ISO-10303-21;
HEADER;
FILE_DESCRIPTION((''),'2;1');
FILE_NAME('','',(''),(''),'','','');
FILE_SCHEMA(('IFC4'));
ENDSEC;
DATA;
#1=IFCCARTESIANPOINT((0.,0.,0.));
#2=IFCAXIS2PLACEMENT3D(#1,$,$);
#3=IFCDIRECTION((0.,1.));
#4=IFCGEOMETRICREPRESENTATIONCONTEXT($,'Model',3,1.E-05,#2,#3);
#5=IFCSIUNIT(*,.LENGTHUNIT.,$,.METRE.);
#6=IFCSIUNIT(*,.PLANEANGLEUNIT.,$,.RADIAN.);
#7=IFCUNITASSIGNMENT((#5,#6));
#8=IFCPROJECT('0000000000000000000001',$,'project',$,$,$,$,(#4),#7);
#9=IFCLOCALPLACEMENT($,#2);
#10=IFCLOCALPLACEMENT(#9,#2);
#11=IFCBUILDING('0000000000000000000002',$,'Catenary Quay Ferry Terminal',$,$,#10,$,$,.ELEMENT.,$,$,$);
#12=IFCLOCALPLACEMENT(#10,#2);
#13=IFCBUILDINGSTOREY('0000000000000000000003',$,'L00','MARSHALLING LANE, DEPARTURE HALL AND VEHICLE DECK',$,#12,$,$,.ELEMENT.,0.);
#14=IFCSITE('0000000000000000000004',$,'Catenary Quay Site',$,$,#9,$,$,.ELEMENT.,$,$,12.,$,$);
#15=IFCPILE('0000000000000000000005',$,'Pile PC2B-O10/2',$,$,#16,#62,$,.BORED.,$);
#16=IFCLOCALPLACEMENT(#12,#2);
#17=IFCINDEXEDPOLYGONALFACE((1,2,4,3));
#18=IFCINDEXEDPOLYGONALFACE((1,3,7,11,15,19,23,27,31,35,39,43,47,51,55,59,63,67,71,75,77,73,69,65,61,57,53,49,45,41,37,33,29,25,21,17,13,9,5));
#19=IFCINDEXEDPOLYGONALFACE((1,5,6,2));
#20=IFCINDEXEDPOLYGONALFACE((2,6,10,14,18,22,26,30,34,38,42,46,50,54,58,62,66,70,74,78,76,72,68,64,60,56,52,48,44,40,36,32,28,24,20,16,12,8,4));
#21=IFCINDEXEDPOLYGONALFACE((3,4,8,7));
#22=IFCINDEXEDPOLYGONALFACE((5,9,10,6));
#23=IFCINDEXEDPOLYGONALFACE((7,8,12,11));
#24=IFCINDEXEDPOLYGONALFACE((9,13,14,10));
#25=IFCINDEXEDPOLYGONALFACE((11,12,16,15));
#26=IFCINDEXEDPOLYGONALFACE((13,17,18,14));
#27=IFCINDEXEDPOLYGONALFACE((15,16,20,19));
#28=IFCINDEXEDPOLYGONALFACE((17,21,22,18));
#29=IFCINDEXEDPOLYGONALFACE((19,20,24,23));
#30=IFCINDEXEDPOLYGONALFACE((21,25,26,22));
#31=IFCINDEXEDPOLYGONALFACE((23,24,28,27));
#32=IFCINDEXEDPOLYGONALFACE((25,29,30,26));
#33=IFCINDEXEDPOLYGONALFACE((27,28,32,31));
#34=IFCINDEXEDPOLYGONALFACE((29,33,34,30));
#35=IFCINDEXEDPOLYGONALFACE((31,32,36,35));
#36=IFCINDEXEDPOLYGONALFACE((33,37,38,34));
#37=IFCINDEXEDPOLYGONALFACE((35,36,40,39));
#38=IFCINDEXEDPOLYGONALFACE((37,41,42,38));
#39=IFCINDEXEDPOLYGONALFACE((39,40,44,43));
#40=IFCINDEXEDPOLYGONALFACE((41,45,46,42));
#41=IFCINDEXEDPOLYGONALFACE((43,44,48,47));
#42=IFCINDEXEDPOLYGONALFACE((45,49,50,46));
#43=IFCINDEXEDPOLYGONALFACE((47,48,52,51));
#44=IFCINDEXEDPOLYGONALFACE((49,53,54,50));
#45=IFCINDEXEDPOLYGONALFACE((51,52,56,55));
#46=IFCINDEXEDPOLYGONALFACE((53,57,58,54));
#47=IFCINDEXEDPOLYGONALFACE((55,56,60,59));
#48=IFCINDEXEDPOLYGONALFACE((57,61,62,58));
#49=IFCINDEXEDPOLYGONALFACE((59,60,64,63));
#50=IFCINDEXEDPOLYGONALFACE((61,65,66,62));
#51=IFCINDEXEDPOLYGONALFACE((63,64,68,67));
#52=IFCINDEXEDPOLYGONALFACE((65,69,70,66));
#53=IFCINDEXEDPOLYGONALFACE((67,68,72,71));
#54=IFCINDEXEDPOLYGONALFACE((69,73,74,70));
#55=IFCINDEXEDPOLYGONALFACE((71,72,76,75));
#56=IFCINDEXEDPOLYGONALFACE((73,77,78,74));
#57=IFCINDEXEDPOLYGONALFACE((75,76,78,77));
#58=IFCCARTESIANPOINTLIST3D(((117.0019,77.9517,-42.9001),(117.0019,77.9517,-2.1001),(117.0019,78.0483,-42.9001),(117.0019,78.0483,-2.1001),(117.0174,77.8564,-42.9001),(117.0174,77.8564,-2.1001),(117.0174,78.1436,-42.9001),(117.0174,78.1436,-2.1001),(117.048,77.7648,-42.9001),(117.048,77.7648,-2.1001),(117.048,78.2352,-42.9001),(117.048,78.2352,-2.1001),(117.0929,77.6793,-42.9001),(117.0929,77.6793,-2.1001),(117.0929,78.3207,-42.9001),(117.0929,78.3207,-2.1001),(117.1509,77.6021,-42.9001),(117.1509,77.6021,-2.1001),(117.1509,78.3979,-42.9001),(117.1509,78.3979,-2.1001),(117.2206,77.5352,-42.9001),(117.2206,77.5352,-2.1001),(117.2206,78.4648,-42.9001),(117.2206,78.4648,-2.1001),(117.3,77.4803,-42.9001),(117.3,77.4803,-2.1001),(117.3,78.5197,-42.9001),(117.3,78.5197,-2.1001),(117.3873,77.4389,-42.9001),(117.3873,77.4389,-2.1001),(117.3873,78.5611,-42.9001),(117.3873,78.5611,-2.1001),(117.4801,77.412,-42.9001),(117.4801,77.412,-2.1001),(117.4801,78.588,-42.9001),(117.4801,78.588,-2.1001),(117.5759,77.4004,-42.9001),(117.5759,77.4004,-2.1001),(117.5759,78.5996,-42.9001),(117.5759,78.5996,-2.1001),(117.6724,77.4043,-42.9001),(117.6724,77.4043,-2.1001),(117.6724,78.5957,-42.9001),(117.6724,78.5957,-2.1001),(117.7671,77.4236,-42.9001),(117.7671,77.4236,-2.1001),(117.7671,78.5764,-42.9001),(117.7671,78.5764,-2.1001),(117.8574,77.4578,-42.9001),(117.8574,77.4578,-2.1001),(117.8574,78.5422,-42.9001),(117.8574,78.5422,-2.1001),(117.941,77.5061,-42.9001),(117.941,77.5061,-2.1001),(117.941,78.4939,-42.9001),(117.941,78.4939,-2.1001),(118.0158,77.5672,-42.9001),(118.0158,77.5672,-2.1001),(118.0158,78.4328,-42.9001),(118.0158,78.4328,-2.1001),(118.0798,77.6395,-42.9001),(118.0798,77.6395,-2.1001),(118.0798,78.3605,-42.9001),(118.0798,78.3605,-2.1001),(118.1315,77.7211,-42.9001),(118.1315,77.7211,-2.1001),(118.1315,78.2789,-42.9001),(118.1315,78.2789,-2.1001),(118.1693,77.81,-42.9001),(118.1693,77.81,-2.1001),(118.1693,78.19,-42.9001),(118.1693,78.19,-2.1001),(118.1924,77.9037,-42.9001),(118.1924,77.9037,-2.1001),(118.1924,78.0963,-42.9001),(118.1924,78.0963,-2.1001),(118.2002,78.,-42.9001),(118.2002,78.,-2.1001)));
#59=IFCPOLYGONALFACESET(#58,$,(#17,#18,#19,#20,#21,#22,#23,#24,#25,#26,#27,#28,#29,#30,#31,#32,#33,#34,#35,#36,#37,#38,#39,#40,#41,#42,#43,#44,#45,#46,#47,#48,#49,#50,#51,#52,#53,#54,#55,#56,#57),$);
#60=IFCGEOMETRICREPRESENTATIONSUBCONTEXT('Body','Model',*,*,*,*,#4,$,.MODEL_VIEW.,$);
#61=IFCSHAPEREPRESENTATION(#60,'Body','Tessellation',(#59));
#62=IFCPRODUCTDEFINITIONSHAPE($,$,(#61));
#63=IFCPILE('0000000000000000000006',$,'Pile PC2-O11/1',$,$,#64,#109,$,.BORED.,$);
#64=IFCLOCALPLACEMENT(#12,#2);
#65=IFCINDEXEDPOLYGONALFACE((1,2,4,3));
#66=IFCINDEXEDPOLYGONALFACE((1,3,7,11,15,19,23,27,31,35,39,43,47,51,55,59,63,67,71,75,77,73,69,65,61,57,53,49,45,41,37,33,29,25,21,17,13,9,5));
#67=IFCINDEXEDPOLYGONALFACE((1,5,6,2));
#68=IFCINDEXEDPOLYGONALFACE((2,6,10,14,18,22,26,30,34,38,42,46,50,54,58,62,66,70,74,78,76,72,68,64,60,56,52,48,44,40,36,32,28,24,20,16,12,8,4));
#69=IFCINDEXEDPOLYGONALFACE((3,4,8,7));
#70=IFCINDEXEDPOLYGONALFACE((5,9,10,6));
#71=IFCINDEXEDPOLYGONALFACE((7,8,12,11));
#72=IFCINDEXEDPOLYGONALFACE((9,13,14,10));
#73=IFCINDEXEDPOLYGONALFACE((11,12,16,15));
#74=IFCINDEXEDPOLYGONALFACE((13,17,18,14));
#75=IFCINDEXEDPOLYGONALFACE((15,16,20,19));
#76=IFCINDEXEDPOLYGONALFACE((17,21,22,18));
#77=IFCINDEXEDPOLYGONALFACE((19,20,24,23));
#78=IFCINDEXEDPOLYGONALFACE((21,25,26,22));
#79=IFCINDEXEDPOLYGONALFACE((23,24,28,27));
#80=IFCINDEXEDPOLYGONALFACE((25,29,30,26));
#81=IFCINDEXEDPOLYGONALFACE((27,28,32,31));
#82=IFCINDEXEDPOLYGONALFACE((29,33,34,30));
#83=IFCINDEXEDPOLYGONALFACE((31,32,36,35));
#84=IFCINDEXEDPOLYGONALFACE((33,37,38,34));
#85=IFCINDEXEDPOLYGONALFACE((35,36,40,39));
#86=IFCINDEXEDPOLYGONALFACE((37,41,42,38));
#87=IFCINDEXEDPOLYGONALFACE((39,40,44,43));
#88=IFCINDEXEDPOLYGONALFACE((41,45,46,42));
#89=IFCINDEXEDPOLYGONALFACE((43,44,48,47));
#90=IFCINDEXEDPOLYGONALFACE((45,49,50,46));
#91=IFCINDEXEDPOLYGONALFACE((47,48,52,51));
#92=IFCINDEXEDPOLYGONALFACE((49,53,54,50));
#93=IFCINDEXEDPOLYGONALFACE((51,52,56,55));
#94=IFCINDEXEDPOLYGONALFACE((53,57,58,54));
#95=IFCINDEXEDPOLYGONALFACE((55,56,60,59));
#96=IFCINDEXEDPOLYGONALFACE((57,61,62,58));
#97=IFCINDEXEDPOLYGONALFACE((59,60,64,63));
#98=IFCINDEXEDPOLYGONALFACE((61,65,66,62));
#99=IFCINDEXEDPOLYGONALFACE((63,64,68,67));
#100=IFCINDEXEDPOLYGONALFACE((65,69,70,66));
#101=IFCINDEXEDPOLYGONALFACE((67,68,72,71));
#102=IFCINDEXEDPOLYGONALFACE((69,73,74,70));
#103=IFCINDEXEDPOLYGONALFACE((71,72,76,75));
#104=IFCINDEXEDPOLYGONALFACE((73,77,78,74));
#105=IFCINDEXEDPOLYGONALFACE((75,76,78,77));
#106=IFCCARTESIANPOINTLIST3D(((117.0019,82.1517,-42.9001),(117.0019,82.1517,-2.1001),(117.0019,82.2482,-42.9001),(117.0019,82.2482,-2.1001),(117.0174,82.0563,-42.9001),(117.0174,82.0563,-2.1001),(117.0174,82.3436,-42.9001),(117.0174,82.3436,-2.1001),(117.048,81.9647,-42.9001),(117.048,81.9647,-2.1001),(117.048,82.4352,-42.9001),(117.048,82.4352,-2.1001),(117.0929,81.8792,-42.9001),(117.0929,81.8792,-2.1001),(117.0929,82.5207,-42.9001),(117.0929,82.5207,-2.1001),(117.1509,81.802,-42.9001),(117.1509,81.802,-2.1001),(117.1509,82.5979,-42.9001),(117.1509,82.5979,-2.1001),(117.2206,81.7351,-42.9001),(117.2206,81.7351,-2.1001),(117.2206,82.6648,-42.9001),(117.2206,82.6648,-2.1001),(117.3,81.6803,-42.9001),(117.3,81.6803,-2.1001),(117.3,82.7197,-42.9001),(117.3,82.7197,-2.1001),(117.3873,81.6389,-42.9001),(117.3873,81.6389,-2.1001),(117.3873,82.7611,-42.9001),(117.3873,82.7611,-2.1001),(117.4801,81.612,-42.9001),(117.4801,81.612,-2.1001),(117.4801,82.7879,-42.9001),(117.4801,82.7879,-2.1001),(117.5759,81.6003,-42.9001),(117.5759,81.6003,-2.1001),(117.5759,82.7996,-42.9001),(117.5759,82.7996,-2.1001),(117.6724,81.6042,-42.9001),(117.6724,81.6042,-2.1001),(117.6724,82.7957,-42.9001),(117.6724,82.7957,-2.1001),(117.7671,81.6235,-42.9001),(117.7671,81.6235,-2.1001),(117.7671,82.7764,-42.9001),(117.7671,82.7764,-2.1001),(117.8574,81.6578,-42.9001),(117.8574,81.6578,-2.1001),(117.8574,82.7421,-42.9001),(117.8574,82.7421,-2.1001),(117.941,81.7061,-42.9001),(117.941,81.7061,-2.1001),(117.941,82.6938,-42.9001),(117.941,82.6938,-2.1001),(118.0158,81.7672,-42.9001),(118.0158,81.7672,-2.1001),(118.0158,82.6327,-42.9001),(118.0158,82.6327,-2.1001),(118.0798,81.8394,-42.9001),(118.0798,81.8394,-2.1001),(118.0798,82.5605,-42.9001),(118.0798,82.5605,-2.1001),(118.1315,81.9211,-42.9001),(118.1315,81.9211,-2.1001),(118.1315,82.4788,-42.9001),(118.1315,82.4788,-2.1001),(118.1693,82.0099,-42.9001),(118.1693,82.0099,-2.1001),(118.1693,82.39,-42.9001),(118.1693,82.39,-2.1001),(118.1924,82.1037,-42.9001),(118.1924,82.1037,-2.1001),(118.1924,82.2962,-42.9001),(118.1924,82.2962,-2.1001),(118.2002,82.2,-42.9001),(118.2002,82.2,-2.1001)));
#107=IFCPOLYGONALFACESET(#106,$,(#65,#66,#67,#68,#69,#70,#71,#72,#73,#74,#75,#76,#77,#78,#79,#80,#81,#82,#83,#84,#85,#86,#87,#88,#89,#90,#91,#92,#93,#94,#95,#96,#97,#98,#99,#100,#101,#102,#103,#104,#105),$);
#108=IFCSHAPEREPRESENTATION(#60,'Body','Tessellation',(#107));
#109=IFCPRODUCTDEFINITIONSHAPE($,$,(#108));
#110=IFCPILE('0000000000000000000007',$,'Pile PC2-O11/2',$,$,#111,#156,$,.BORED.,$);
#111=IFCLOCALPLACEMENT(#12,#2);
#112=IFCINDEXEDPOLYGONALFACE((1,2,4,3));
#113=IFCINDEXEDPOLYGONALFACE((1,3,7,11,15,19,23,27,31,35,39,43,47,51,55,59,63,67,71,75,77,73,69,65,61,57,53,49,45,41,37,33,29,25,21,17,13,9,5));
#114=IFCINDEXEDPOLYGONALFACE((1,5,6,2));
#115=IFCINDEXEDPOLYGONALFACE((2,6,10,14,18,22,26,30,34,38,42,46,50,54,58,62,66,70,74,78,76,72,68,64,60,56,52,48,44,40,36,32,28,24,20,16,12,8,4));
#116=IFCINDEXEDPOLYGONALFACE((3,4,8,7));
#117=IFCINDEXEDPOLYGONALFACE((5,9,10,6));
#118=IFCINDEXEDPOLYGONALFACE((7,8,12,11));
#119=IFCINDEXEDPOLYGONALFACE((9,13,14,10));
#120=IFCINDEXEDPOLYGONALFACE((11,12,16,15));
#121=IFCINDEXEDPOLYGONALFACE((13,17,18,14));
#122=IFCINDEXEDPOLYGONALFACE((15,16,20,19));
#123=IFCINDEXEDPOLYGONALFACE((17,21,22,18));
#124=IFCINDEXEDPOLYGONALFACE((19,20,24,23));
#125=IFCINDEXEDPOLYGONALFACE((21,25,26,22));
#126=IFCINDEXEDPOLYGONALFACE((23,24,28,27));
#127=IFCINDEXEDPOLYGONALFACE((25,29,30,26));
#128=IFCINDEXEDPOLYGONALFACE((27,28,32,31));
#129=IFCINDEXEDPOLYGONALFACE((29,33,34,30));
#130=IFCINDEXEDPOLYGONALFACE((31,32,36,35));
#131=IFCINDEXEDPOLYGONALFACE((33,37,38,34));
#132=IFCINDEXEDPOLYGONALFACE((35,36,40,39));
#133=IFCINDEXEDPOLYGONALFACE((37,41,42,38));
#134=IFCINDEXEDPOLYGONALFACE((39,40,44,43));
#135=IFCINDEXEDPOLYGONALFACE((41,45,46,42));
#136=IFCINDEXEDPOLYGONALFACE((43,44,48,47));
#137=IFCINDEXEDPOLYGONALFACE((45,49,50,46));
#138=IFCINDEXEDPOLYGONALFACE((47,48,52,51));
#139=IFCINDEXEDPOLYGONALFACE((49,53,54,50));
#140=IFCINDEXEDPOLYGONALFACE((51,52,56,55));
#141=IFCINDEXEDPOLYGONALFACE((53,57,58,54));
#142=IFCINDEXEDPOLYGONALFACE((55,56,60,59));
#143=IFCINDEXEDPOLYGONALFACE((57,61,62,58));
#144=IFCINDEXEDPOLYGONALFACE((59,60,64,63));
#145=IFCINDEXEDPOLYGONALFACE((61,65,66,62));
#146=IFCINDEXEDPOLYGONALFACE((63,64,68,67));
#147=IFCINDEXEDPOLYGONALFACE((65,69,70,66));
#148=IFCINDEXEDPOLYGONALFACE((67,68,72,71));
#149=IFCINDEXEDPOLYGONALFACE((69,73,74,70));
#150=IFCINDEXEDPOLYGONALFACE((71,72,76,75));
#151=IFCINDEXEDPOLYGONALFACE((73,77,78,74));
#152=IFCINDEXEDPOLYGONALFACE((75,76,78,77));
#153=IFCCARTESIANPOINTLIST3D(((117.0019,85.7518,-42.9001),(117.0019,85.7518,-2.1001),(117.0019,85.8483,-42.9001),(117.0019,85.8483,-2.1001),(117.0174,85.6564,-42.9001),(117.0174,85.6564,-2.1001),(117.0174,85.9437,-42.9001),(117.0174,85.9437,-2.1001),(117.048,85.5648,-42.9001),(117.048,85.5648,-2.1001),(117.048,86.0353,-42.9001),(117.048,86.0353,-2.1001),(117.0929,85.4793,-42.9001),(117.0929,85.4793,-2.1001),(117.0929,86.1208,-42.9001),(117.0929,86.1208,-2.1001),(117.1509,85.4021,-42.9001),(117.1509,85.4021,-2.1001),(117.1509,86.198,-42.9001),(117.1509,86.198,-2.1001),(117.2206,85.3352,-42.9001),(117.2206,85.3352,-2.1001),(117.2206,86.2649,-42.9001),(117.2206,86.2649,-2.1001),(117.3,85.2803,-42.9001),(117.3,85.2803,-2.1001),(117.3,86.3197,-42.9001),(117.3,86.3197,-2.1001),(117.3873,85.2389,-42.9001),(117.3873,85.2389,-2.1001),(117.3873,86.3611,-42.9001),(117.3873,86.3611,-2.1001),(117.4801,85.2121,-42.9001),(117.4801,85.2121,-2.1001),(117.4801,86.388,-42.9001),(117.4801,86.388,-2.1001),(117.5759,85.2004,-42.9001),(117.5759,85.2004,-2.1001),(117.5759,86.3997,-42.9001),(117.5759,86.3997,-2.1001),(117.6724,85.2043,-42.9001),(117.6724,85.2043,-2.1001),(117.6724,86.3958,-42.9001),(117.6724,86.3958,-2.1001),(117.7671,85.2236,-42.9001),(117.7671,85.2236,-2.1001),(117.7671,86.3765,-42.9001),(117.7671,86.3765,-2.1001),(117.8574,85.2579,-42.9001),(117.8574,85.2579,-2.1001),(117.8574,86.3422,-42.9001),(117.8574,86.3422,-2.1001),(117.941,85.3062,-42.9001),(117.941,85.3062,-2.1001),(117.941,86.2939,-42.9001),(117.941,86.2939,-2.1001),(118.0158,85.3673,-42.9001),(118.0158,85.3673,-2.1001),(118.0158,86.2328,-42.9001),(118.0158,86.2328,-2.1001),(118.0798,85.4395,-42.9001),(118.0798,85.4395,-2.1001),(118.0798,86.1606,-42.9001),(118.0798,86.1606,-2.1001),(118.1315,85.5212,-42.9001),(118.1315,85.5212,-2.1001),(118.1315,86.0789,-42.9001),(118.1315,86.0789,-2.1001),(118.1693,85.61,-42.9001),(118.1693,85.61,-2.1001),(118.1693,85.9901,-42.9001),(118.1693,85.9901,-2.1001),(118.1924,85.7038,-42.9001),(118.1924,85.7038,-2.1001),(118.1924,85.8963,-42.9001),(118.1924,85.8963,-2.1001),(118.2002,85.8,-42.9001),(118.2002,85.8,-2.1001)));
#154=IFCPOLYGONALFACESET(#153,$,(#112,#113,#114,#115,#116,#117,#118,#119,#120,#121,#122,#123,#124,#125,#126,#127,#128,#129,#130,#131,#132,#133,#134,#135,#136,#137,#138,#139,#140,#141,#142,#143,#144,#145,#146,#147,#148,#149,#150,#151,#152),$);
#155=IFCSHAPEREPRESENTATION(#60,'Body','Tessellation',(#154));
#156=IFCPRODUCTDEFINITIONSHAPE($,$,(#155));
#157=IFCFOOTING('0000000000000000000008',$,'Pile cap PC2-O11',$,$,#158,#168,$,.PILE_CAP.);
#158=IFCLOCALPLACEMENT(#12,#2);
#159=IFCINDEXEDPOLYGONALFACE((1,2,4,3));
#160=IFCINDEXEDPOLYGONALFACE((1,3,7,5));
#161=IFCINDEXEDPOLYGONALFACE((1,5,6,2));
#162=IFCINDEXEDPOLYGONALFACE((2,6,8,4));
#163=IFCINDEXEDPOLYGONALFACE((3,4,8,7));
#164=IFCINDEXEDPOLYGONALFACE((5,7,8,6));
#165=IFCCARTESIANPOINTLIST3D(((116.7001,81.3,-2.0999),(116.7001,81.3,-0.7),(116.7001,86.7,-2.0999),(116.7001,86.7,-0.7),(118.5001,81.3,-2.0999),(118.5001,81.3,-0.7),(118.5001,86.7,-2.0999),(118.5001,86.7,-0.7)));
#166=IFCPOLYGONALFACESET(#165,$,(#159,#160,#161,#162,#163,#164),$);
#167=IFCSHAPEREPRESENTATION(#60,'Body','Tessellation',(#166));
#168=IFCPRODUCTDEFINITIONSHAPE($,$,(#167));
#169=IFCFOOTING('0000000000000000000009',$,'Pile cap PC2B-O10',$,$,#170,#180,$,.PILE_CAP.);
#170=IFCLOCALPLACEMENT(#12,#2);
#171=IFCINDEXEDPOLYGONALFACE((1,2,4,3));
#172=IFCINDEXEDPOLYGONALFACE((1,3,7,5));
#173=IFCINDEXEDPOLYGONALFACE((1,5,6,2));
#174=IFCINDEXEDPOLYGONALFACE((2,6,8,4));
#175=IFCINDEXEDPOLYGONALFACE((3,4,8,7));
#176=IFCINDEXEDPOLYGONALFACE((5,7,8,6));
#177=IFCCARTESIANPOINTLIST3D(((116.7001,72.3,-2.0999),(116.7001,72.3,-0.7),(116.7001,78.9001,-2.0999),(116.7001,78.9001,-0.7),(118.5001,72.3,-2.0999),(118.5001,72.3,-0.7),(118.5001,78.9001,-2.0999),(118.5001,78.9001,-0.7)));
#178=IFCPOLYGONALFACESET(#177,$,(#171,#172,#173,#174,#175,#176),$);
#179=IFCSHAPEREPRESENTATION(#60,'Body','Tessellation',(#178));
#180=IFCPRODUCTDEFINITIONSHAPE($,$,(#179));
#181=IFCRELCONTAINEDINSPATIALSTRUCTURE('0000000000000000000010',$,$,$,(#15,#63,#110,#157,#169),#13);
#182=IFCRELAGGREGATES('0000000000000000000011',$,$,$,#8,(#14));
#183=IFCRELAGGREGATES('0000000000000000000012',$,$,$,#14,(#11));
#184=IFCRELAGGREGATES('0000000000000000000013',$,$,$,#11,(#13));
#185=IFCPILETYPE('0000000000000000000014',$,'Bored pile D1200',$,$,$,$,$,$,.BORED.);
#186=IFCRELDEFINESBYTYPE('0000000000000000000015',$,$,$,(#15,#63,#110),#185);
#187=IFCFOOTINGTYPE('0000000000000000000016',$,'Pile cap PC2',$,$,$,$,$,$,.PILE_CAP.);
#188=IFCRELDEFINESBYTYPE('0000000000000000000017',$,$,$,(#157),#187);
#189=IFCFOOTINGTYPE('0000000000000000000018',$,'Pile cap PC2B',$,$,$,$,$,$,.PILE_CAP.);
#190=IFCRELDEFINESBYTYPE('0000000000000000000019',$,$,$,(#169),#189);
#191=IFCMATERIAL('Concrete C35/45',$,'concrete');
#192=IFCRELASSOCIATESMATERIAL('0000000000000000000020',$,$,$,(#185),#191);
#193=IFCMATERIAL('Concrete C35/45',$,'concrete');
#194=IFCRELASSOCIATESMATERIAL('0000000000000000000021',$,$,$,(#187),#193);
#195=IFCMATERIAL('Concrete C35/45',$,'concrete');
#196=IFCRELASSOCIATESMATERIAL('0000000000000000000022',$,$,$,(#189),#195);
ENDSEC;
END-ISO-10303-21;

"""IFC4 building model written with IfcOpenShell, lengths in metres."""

from ifc_helpers import new_model, si_unit, direction, frame, origin, origin_2d, place, context, subcontext, project, spatial, rectangle, circle, extrude, material, material_profile, profile_set, type_object, element, save


model = new_model("IFC4")

# Units and contexts
model_context = context("Model", 3, precision=1e-05, world=origin(), true_north=direction((0.0, 1.0)))
body_context = subcontext(model_context, "Body", "Model", "MODEL_VIEW")
ifc_project = project(units=[si_unit("LENGTHUNIT", "METRE"), si_unit("PLANEANGLEUNIT", "RADIAN")], contexts=[model_context])

# Site, building, storey
site_placement = place(None, origin())
site = spatial("IfcSite", under=ifc_project, at=site_placement, Name="Catenary Quay Site", CompositionType="ELEMENT", RefElevation=12.0)
building_placement = place(site_placement, origin())
building = spatial("IfcBuilding", under=site, at=building_placement, Name="Catenary Quay Ferry Terminal", CompositionType="ELEMENT")
storey_placement = place(building_placement, origin())
storey = spatial("IfcBuildingStorey", under=building, at=storey_placement, Name="L00", Description="MARSHALLING LANE, DEPARTURE HALL AND VEHICLE DECK", CompositionType="ELEMENT", Elevation=0.0)

# Piles
ifc_material_1 = material(Name="Concrete C35/45", Category="concrete")
ifc_material_profile_1 = material_profile(ifc_material_1, circle(Radius=0.6001, at=origin_2d()), Name="D1200")
ifc_profile_set_1 = profile_set([ifc_material_profile_1], Name="Concrete C35/45")
pile_type = type_object("IfcPileType", Name="Bored pile D1200", PredefinedType="BORED", material=ifc_profile_set_1)
for number, where, z_axis, x_axis, name in (
    (1, (117.6001, 78.0, -2.1001), (0.0, 0.0, -1.0), (1.0, 0.0, 0.0), "Pile PC2B-O10/2"),
    (2, (117.6001, 82.2, -2.1001), (0.0, 0.0, -1.0), (1.0, 0.0, 0.0), "Pile PC2-O11/1"),
    (3, (117.6001, 85.8, -2.1001), (0.0, 0.0, -1.0), (1.0, 0.0, 0.0), "Pile PC2-O11/2"),
):
    element("IfcPile", number, at=place(storey_placement, frame(where, z_axis=z_axis, x_axis=x_axis)), inside=storey, type_object=pile_type, Name=name, PredefinedType="BORED", context=body_context, shape_type="SweptSolid", body=[
        extrude(circle(Radius=0.6001, at=origin_2d()), origin(), (0.0, 0.0, 1.0), 40.8),
    ])

# Footings
ifc_material_2 = material(Name="Concrete C35/45", Category="concrete")
footing_type_1 = type_object("IfcFootingType", Name="Pile cap PC2", PredefinedType="PILE_CAP", material=ifc_material_2)
footing_1_placement = place(storey_placement, frame((117.6001, 84.0, -2.0999), z_axis=(0.0, 0.0, 1.0), x_axis=(1.0, 0.0, 0.0)))
element("IfcFooting", 4, at=footing_1_placement, inside=storey, type_object=footing_type_1, Name="Pile cap PC2-O11", PredefinedType="PILE_CAP", context=body_context, shape_type="SweptSolid", body=[
    extrude(rectangle(XDim=1.8, YDim=5.3999, at=origin_2d()), origin(), (0.0, 0.0, 1.0), 1.3999),
])
ifc_material_3 = material(Name="Concrete C35/45", Category="concrete")
footing_type_2 = type_object("IfcFootingType", Name="Pile cap PC2B", PredefinedType="PILE_CAP", material=ifc_material_3)
footing_2_placement = place(storey_placement, frame((117.6001, 75.6001, -2.0999), z_axis=(0.0, 0.0, 1.0), x_axis=(1.0, 0.0, 0.0)))
element("IfcFooting", 5, at=footing_2_placement, inside=storey, type_object=footing_type_2, Name="Pile cap PC2B-O10", PredefinedType="PILE_CAP", context=body_context, shape_type="SweptSolid", body=[
    extrude(rectangle(XDim=1.8, YDim=6.6001, at=origin_2d()), origin(), (0.0, 0.0, 1.0), 1.3999),
])

save(model, "model.ifc")
